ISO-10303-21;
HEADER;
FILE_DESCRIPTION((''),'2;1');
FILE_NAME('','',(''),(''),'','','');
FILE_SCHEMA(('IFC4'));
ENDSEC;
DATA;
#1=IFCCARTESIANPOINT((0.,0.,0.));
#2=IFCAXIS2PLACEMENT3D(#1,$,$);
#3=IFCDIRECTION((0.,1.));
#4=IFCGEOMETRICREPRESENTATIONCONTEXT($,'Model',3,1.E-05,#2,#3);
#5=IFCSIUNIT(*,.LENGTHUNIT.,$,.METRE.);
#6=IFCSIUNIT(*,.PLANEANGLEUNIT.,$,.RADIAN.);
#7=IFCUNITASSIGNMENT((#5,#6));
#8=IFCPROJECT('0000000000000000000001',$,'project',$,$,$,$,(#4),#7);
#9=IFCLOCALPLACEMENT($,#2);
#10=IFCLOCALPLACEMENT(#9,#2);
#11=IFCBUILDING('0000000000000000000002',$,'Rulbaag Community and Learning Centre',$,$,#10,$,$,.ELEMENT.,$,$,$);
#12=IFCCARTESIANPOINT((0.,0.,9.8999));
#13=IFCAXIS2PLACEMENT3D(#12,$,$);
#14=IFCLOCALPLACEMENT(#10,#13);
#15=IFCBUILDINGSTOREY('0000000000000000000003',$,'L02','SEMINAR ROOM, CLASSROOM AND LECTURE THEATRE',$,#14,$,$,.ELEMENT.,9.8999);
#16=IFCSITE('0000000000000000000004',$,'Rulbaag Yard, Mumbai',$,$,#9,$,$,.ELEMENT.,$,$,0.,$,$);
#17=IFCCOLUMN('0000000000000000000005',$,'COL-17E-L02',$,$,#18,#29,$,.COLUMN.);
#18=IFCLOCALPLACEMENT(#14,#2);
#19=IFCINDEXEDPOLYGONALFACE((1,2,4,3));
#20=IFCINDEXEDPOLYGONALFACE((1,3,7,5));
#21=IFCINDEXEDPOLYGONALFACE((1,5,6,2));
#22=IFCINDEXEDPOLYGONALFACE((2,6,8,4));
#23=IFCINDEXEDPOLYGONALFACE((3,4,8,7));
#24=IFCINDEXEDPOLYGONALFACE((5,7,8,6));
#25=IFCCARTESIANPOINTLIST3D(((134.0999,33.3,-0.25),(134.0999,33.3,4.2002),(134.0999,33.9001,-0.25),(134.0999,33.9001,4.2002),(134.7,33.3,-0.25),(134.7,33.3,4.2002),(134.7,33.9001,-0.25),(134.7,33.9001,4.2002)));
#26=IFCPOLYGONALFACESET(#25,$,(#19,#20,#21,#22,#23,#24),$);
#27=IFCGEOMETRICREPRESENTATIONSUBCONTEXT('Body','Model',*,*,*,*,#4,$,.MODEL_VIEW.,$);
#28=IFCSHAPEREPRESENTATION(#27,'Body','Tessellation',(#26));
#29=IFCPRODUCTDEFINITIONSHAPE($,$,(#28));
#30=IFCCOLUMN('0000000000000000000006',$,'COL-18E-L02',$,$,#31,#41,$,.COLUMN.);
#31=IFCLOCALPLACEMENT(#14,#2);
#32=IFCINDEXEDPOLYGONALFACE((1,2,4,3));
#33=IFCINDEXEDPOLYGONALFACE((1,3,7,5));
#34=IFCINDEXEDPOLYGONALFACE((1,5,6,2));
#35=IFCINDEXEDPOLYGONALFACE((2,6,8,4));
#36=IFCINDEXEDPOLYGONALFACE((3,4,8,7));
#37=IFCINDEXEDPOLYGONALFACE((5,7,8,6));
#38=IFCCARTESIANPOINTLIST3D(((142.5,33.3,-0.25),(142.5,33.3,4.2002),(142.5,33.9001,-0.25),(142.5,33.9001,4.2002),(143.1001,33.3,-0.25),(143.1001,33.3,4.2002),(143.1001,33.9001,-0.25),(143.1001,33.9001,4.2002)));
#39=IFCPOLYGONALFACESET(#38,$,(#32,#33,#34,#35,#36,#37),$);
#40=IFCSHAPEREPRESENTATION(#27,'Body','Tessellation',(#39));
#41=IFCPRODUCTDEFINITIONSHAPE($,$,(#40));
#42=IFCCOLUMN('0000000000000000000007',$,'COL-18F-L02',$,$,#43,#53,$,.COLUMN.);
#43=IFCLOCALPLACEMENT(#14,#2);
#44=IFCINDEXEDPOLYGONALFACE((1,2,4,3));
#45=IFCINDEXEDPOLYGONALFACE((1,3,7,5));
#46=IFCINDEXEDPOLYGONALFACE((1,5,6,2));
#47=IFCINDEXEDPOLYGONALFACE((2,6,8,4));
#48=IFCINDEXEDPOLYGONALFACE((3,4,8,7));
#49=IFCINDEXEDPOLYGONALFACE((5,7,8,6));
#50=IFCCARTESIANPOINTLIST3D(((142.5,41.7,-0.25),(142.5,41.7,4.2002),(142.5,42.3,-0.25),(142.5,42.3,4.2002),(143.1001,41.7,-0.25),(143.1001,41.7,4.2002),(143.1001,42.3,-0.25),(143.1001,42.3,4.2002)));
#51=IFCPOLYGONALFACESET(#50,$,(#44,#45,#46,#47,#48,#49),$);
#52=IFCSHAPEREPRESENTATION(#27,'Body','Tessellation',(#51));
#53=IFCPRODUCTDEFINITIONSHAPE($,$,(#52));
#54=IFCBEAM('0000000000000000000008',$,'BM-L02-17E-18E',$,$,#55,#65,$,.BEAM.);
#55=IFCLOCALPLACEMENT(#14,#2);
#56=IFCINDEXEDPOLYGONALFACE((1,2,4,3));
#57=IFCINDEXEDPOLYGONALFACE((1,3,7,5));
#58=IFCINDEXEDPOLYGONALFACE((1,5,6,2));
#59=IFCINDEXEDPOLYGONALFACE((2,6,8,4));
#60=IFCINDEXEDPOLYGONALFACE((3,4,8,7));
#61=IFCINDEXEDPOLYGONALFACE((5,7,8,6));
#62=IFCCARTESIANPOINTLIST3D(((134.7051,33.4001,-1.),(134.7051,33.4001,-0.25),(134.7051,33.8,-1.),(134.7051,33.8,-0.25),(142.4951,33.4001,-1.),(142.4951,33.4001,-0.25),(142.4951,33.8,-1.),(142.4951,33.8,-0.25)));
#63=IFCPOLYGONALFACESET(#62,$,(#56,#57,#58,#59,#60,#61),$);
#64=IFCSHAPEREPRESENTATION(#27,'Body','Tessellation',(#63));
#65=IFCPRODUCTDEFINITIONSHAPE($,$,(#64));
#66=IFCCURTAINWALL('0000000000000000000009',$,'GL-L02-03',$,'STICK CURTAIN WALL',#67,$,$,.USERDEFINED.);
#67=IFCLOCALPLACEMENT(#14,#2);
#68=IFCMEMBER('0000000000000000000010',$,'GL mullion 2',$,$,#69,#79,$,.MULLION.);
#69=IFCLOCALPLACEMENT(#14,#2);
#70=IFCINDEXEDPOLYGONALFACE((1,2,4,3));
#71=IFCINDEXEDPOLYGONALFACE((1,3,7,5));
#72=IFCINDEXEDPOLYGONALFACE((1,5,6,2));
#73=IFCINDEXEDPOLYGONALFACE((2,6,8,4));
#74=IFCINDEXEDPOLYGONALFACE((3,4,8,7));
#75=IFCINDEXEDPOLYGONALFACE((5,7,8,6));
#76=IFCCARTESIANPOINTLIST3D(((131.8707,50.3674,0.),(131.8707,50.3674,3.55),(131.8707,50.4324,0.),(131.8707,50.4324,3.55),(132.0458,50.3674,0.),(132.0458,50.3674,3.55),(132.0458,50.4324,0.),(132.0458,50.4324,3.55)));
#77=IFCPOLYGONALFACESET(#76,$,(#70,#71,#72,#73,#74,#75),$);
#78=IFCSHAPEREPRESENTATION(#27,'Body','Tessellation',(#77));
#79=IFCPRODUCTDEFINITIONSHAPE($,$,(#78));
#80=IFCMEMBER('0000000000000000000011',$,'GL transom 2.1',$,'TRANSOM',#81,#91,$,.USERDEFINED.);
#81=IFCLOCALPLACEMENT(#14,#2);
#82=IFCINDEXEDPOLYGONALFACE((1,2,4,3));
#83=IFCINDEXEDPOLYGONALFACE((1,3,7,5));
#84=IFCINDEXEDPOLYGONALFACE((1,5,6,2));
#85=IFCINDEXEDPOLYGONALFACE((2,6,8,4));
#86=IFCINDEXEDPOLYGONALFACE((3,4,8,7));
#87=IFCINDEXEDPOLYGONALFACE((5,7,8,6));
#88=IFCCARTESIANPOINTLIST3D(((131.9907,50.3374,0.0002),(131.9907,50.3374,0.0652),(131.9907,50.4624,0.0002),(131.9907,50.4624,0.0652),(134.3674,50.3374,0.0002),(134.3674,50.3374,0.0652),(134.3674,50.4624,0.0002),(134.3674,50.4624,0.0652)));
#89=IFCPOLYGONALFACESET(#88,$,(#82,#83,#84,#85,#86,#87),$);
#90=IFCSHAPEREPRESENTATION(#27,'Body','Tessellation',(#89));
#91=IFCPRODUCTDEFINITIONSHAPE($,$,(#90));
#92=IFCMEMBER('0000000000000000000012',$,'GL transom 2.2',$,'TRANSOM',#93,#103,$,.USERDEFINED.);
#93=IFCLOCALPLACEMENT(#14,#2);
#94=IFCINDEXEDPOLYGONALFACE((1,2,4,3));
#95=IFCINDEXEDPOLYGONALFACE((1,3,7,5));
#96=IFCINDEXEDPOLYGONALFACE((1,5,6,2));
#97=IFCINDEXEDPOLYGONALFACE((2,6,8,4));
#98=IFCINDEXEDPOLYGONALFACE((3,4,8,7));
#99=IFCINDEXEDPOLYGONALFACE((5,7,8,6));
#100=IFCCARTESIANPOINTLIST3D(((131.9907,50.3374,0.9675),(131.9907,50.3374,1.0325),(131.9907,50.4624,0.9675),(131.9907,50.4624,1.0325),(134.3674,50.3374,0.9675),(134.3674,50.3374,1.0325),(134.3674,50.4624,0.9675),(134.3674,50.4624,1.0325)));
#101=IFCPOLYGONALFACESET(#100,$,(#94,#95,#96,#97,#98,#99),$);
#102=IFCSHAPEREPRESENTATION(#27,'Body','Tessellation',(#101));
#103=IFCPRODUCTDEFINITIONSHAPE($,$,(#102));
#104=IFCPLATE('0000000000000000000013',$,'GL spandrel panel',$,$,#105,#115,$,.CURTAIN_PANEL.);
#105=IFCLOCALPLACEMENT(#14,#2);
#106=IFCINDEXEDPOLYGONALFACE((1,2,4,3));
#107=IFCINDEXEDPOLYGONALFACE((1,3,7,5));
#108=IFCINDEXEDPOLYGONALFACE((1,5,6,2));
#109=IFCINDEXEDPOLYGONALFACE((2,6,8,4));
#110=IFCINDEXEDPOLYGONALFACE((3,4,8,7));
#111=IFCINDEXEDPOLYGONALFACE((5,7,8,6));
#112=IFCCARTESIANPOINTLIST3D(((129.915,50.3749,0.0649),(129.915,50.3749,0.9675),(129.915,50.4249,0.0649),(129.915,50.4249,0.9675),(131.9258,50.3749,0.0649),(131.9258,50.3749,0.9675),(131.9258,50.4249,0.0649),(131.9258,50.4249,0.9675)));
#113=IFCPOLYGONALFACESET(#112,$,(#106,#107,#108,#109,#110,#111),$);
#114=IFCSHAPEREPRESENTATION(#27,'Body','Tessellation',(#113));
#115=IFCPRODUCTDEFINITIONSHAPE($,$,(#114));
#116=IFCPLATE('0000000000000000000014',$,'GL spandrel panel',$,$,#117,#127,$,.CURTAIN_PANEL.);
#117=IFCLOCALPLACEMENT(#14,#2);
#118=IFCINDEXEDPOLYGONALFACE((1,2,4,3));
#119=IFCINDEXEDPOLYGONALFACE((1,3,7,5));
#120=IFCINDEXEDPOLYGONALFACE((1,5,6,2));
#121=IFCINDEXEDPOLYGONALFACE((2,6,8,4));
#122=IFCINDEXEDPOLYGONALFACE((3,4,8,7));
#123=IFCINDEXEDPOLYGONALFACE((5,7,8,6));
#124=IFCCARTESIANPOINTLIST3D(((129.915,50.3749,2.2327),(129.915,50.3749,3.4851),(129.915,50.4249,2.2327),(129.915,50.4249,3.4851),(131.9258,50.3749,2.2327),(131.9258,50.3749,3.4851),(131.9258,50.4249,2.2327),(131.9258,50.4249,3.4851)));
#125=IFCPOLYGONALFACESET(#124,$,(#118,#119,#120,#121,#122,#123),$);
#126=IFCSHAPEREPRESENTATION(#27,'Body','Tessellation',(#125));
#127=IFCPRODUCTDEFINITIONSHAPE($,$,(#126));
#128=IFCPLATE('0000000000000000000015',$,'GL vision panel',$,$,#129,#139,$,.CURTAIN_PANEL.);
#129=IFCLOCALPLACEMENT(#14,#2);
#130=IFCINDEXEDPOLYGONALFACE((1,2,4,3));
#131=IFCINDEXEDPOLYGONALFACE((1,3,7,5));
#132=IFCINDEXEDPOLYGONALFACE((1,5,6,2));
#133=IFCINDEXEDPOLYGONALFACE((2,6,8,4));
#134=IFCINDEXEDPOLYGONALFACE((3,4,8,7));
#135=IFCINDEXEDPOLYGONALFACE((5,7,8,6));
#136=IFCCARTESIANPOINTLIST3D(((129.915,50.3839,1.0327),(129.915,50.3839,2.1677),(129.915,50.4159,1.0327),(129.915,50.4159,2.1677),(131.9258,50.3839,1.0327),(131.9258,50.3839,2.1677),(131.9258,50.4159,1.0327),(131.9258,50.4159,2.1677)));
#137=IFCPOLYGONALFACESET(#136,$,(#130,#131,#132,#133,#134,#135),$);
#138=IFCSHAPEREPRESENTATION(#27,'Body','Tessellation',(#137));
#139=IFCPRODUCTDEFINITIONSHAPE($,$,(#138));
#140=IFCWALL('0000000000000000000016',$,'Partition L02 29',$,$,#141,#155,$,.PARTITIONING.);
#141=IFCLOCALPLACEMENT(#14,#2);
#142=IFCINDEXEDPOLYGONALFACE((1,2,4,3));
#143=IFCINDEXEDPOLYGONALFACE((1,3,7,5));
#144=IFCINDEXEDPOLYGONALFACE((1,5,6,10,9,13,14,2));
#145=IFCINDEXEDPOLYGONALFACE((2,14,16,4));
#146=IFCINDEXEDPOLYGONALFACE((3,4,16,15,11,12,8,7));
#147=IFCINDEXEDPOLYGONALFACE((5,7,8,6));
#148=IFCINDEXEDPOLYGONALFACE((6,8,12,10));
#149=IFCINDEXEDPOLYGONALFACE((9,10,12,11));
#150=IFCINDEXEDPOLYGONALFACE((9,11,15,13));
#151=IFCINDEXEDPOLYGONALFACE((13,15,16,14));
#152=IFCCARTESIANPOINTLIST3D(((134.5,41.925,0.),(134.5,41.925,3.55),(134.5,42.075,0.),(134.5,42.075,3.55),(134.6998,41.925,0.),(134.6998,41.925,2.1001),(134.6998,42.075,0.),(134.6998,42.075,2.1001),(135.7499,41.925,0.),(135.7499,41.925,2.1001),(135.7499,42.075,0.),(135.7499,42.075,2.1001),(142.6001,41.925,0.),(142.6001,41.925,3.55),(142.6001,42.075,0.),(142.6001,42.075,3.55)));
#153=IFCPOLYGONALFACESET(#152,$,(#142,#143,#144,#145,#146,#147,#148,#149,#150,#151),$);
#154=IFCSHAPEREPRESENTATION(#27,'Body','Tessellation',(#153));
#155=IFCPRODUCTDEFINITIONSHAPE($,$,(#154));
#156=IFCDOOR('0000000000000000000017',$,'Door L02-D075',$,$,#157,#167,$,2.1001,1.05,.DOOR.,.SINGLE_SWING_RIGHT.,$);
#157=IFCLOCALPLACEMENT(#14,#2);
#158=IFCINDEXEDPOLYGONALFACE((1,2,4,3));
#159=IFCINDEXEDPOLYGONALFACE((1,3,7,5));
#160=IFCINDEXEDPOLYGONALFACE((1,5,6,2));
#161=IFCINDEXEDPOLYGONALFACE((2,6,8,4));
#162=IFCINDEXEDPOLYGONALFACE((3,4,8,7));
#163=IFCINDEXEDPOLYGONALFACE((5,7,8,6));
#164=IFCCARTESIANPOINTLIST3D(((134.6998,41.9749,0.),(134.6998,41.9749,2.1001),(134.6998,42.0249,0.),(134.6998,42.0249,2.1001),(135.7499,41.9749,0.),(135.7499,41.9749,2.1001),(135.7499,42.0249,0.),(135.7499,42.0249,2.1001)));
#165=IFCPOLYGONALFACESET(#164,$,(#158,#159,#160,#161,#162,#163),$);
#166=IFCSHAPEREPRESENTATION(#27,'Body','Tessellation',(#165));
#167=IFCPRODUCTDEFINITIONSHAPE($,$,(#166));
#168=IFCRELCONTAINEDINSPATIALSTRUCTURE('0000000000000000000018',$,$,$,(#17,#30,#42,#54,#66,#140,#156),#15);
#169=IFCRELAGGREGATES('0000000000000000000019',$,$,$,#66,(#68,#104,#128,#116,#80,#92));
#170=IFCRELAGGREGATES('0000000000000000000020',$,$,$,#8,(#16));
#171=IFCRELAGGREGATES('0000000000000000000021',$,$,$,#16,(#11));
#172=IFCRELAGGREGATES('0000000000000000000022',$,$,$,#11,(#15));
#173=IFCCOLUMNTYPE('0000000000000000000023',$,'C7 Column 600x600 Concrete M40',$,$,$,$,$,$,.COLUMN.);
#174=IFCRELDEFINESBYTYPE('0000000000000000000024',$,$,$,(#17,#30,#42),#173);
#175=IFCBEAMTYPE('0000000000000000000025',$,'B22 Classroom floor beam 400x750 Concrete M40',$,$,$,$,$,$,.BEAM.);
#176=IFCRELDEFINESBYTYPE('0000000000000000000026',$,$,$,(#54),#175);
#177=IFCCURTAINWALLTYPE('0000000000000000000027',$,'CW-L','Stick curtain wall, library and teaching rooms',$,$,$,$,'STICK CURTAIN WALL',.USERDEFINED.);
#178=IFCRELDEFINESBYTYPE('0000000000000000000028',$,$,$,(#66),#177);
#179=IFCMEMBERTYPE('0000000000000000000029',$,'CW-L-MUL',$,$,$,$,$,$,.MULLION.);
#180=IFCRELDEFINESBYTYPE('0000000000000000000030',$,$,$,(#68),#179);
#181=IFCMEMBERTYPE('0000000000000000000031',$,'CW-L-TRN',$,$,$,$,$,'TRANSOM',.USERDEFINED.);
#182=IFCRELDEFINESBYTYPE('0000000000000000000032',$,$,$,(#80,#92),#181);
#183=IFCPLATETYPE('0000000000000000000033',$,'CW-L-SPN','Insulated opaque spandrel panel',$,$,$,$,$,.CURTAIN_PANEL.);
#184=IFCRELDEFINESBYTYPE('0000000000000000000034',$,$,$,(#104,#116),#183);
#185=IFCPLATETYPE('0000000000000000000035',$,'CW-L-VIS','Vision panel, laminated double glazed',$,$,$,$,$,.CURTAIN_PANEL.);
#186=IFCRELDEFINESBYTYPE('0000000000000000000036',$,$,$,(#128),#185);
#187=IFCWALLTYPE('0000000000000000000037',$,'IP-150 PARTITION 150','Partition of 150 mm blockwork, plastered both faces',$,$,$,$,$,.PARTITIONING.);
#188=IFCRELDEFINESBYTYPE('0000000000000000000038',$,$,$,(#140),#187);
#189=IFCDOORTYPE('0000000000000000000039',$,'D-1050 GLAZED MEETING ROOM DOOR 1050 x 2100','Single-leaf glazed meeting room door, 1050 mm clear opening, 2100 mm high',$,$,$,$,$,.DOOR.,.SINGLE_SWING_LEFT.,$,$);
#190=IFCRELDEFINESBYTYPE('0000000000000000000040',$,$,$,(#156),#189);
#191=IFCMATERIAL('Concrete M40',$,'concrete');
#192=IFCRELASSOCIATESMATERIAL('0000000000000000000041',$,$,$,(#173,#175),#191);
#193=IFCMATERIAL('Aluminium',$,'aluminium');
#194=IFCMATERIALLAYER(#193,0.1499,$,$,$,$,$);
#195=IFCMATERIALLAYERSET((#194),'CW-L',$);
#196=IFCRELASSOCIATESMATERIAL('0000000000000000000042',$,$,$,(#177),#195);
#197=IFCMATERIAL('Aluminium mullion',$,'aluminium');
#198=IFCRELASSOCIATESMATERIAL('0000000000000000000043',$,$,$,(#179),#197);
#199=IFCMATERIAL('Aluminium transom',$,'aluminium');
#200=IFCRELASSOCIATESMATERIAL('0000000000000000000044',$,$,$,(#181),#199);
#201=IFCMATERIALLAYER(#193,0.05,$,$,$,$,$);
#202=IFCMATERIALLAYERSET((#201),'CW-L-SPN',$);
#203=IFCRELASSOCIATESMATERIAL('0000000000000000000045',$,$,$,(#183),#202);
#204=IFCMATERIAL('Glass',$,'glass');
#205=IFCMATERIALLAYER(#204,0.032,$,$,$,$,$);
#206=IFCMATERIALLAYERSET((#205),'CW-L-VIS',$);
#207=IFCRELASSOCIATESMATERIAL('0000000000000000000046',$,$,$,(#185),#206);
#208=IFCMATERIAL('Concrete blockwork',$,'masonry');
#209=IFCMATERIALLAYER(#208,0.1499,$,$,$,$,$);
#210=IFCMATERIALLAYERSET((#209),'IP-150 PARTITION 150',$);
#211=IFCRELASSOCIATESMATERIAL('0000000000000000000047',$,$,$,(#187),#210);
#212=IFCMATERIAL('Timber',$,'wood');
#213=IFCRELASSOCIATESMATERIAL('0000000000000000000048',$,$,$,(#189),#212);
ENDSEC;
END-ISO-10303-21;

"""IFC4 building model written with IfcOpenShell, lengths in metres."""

from ifc_helpers import new_model, si_unit, direction, frame, frame_2d, origin, origin_2d, place, context, subcontext, project, spatial, rectangle, extrude, material, layer, layer_set, material_profile, profile_set, type_object, element, fill, aggregate, save


model = new_model("IFC4")

# Units and contexts
model_context = context("Model", 3, precision=1e-05, world=origin(), true_north=direction((0.0, 1.0)))
body_context = subcontext(model_context, "Body", "Model", "MODEL_VIEW")
ifc_project = project(units=[si_unit("LENGTHUNIT", "METRE"), si_unit("PLANEANGLEUNIT", "RADIAN")], contexts=[model_context])

# Site, building, storey
site_placement = place(None, origin())
site = spatial("IfcSite", under=ifc_project, at=site_placement, Name="Rulbaag Yard, Mumbai", CompositionType="ELEMENT", RefElevation=0.0)
building_placement = place(site_placement, origin())
building = spatial("IfcBuilding", under=site, at=building_placement, Name="Rulbaag Community and Learning Centre", CompositionType="ELEMENT")
storey_placement = place(building_placement, frame((0.0, 0.0, 9.8999)))
storey = spatial("IfcBuildingStorey", under=building, at=storey_placement, Name="L02", Description="SEMINAR ROOM, CLASSROOM AND LECTURE THEATRE", CompositionType="ELEMENT", Elevation=9.8999)

# Columns
ifc_material_1 = material(Name="Concrete M40", Category="concrete")
ifc_material_profile_1 = material_profile(ifc_material_1, rectangle(XDim=0.6001, YDim=0.6001, at=origin_2d()), Name="RC600x600")
ifc_profile_set_1 = profile_set([ifc_material_profile_1], Name="Concrete M40")
column_type = type_object("IfcColumnType", Name="C7 Column 600x600 Concrete M40", PredefinedType="COLUMN", material=ifc_profile_set_1)
for number, where, z_axis, x_axis, name in (
    (1, (134.3999, 33.6001, -0.25), (0.0, 0.0, 1.0), (1.0, 0.0, 0.0), "COL-17E-L02"),
    (2, (142.8, 33.6001, -0.25), (0.0, 0.0, 1.0), (1.0, 0.0, 0.0), "COL-18E-L02"),
    (3, (142.8, 42.0, -0.25), (0.0, 0.0, 1.0), (1.0, 0.0, 0.0), "COL-18F-L02"),
):
    element("IfcColumn", number, at=place(storey_placement, frame(where, z_axis=z_axis, x_axis=x_axis)), inside=storey, type_object=column_type, Name=name, PredefinedType="COLUMN", context=body_context, shape_type="SweptSolid", body=[
        extrude(rectangle(XDim=0.6001, YDim=0.6001, at=origin_2d()), origin(), (0.0, 0.0, 1.0), 4.4502),
    ])

# Beam
ifc_material_profile_2 = material_profile(ifc_material_1, rectangle(XDim=0.3999, YDim=0.75, at=origin_2d()), Name="RB400x750")
ifc_profile_set_2 = profile_set([ifc_material_profile_2], Name="Concrete M40")
beam_type = type_object("IfcBeamType", Name="B22 Classroom floor beam 400x750 Concrete M40", PredefinedType="BEAM", material=ifc_profile_set_2)
beam_placement = place(storey_placement, frame((134.7051, 33.6001, -0.625), z_axis=(1.0, 0.0, 0.0), x_axis=(0.0, 1.0, 0.0)))
element("IfcBeam", 4, at=beam_placement, inside=storey, type_object=beam_type, Name="BM-L02-17E-18E", PredefinedType="BEAM", context=body_context, shape_type="SweptSolid", body=[
    extrude(rectangle(XDim=0.3999, YDim=0.75, at=origin_2d()), origin(), (0.0, 0.0, 1.0), 7.79),
])

# Curtain wall, members, plates
ifc_material_2 = material(Name="Aluminium", Category="aluminium")
ifc_layer_1 = layer(ifc_material_2, 0.1499)
ifc_layer_set_1 = layer_set([ifc_layer_1], Name="CW-L")
curtain_wall_type = type_object("IfcCurtainWallType", Name="CW-L", Description="Stick curtain wall, library and teaching rooms", ElementType="STICK CURTAIN WALL", PredefinedType="USERDEFINED", material=ifc_layer_set_1)
curtain_wall_placement = place(storey_placement, origin())
curtain_wall = element("IfcCurtainWall", 5, at=curtain_wall_placement, inside=storey, type_object=curtain_wall_type, Name="GL-L02-03", ObjectType="STICK CURTAIN WALL", PredefinedType="USERDEFINED")
ifc_material_3 = material(Name="Aluminium mullion", Category="aluminium")
ifc_material_profile_3 = material_profile(ifc_material_3, rectangle(XDim=0.0649, YDim=0.175, at=origin_2d()), Name="AL 65x175")
ifc_profile_set_3 = profile_set([ifc_material_profile_3], Name="Aluminium mullion")
member_type_1 = type_object("IfcMemberType", Name="CW-L-MUL", PredefinedType="MULLION", material=ifc_profile_set_3)
member_1_placement = place(storey_placement, frame((131.9583, 50.3999, 0.0), z_axis=(0.0, 0.0, 1.0), x_axis=(0.0, 1.0, 0.0)))
member_1 = element("IfcMember", 6, at=member_1_placement, type_object=member_type_1, Name="GL mullion 2", PredefinedType="MULLION", context=body_context, shape_type="SweptSolid", body=[
    extrude(rectangle(XDim=0.0649, YDim=0.175, at=origin_2d()), origin(), (0.0, 0.0, 1.0), 3.55),
])
ifc_material_4 = material(Name="Aluminium transom", Category="aluminium")
ifc_material_profile_4 = material_profile(ifc_material_4, rectangle(XDim=0.125, YDim=0.0649, at=origin_2d()), Name="AL 65x125 T")
ifc_profile_set_4 = profile_set([ifc_material_profile_4], Name="Aluminium transom")
member_type_2 = type_object("IfcMemberType", Name="CW-L-TRN", ElementType="TRANSOM", PredefinedType="USERDEFINED", material=ifc_profile_set_4)
member_2_placement = place(storey_placement, frame((131.9907, 50.3999, 0.0327), z_axis=(1.0, 0.0, 0.0), x_axis=(0.0, 1.0, 0.0)))
member_2 = element("IfcMember", 7, at=member_2_placement, type_object=member_type_2, Name="GL transom 2.1", ObjectType="TRANSOM", PredefinedType="USERDEFINED", context=body_context, shape_type="SweptSolid", body=[
    extrude(rectangle(XDim=0.125, YDim=0.0649, at=origin_2d()), origin(), (0.0, 0.0, 1.0), 2.3767),
])
member_3_placement = place(storey_placement, frame((131.9907, 50.3999, 1.0), z_axis=(1.0, 0.0, 0.0), x_axis=(0.0, 1.0, 0.0)))
member_3 = element("IfcMember", 8, at=member_3_placement, type_object=member_type_2, Name="GL transom 2.2", ObjectType="TRANSOM", PredefinedType="USERDEFINED", context=body_context, shape_type="SweptSolid", body=[
    extrude(rectangle(XDim=0.125, YDim=0.0649, at=origin_2d()), origin(), (0.0, 0.0, 1.0), 2.3767),
])
ifc_layer_2 = layer(ifc_material_2, 0.05)
ifc_layer_set_2 = layer_set([ifc_layer_2], Name="CW-L-SPN")
plate_type_1 = type_object("IfcPlateType", Name="CW-L-SPN", Description="Insulated opaque spandrel panel", PredefinedType="CURTAIN_PANEL", material=ifc_layer_set_2)
plate_1_placement = place(storey_placement, frame((130.9204, 50.3999, 0.0649), z_axis=(0.0, 0.0, 1.0), x_axis=(1.0, 0.0, 0.0)))
plate_1 = element("IfcPlate", 9, at=plate_1_placement, type_object=plate_type_1, Name="GL spandrel panel", PredefinedType="CURTAIN_PANEL", context=body_context, shape_type="SweptSolid", body=[
    extrude(rectangle(XDim=2.0107, YDim=0.05, at=origin_2d()), origin(), (0.0, 0.0, 1.0), 0.9026),
])
plate_2_placement = place(storey_placement, frame((130.9204, 50.3999, 2.2327), z_axis=(0.0, 0.0, 1.0), x_axis=(1.0, 0.0, 0.0)))
plate_2 = element("IfcPlate", 10, at=plate_2_placement, type_object=plate_type_1, Name="GL spandrel panel", PredefinedType="CURTAIN_PANEL", context=body_context, shape_type="SweptSolid", body=[
    extrude(rectangle(XDim=2.0107, YDim=0.05, at=origin_2d()), origin(), (0.0, 0.0, 1.0), 1.2524),
])
ifc_material_5 = material(Name="Glass", Category="glass")
ifc_layer_3 = layer(ifc_material_5, 0.032)
ifc_layer_set_3 = layer_set([ifc_layer_3], Name="CW-L-VIS")
plate_type_2 = type_object("IfcPlateType", Name="CW-L-VIS", Description="Vision panel, laminated double glazed", PredefinedType="CURTAIN_PANEL", material=ifc_layer_set_3)
plate_3_placement = place(storey_placement, frame((130.9204, 50.3999, 1.0327), z_axis=(0.0, 0.0, 1.0), x_axis=(1.0, 0.0, 0.0)))
plate_3 = element("IfcPlate", 11, at=plate_3_placement, type_object=plate_type_2, Name="GL vision panel", PredefinedType="CURTAIN_PANEL", context=body_context, shape_type="SweptSolid", body=[
    extrude(rectangle(XDim=2.0107, YDim=0.032, at=origin_2d()), origin(), (0.0, 0.0, 1.0), 1.135),
])
aggregate(curtain_wall, [member_1, plate_1, plate_3, plate_2, member_2, member_3])

# Wall, opening, door
ifc_material_6 = material(Name="Concrete blockwork", Category="masonry")
ifc_layer_4 = layer(ifc_material_6, 0.1499)
ifc_layer_set_4 = layer_set([ifc_layer_4], Name="IP-150 PARTITION 150")
wall_type_1 = type_object("IfcWallType", Name="IP-150 PARTITION 150", Description="Partition of 150 mm blockwork, plastered both faces", PredefinedType="PARTITIONING", material=ifc_layer_set_4)
wall_1_placement = place(storey_placement, frame((134.5, 42.0, 0.0), z_axis=(0.0, 0.0, 1.0), x_axis=(1.0, 0.0, 0.0)))
wall_1 = element("IfcWall", 12, at=wall_1_placement, inside=storey, type_object=wall_type_1, Name="Partition L02 29", PredefinedType="PARTITIONING", context=body_context, shape_type="SweptSolid", body=[
    extrude(rectangle(XDim=8.1001, YDim=0.1499, at=frame_2d((4.05, 0.0))), origin(), (0.0, 0.0, 1.0), 3.55),
])
opening_1_placement = place(wall_1_placement, frame((0.2, 0.0, 0.0)))
opening_1 = element("IfcOpeningElement", 13, at=opening_1_placement, cuts=wall_1, PredefinedType="OPENING", context=body_context, shape_type="SweptSolid", body=[
    extrude(rectangle(XDim=1.05, YDim=2.1001, at=frame_2d((0.5249, 1.05))), frame((0.0, 0.085, 0.0), z_axis=(0.0, -1.0, 0.0), x_axis=(1.0, 0.0, 0.0)), (0.0, 0.0, 1.0), 0.1699),
])
ifc_material_7 = material(Name="Timber", Category="wood")
door_type_1 = type_object("IfcDoorType", Name="D-1050 GLAZED MEETING ROOM DOOR 1050 x 2100", Description="Single-leaf glazed meeting room door, 1050 mm clear opening, 2100 mm high", OperationType="SINGLE_SWING_LEFT", PredefinedType="DOOR", material=ifc_material_7)
door_1_placement = place(opening_1_placement, origin())
door_1 = element("IfcDoor", 14, at=door_1_placement, inside=storey, type_object=door_type_1, Name="Door L02-D075", OperationType="SINGLE_SWING_RIGHT", OverallHeight=2.1001, OverallWidth=1.05, PredefinedType="DOOR", context=body_context, shape_type="SweptSolid", body=[
    extrude(rectangle(XDim=1.05, YDim=2.1001, at=frame_2d((0.5249, 1.05))), frame((0.0, 0.0249, 0.0), z_axis=(0.0, -1.0, 0.0), x_axis=(1.0, 0.0, 0.0)), (0.0, 0.0, 1.0), 0.05),
])
fill(opening_1, door_1)

save(model, "model.ifc")
